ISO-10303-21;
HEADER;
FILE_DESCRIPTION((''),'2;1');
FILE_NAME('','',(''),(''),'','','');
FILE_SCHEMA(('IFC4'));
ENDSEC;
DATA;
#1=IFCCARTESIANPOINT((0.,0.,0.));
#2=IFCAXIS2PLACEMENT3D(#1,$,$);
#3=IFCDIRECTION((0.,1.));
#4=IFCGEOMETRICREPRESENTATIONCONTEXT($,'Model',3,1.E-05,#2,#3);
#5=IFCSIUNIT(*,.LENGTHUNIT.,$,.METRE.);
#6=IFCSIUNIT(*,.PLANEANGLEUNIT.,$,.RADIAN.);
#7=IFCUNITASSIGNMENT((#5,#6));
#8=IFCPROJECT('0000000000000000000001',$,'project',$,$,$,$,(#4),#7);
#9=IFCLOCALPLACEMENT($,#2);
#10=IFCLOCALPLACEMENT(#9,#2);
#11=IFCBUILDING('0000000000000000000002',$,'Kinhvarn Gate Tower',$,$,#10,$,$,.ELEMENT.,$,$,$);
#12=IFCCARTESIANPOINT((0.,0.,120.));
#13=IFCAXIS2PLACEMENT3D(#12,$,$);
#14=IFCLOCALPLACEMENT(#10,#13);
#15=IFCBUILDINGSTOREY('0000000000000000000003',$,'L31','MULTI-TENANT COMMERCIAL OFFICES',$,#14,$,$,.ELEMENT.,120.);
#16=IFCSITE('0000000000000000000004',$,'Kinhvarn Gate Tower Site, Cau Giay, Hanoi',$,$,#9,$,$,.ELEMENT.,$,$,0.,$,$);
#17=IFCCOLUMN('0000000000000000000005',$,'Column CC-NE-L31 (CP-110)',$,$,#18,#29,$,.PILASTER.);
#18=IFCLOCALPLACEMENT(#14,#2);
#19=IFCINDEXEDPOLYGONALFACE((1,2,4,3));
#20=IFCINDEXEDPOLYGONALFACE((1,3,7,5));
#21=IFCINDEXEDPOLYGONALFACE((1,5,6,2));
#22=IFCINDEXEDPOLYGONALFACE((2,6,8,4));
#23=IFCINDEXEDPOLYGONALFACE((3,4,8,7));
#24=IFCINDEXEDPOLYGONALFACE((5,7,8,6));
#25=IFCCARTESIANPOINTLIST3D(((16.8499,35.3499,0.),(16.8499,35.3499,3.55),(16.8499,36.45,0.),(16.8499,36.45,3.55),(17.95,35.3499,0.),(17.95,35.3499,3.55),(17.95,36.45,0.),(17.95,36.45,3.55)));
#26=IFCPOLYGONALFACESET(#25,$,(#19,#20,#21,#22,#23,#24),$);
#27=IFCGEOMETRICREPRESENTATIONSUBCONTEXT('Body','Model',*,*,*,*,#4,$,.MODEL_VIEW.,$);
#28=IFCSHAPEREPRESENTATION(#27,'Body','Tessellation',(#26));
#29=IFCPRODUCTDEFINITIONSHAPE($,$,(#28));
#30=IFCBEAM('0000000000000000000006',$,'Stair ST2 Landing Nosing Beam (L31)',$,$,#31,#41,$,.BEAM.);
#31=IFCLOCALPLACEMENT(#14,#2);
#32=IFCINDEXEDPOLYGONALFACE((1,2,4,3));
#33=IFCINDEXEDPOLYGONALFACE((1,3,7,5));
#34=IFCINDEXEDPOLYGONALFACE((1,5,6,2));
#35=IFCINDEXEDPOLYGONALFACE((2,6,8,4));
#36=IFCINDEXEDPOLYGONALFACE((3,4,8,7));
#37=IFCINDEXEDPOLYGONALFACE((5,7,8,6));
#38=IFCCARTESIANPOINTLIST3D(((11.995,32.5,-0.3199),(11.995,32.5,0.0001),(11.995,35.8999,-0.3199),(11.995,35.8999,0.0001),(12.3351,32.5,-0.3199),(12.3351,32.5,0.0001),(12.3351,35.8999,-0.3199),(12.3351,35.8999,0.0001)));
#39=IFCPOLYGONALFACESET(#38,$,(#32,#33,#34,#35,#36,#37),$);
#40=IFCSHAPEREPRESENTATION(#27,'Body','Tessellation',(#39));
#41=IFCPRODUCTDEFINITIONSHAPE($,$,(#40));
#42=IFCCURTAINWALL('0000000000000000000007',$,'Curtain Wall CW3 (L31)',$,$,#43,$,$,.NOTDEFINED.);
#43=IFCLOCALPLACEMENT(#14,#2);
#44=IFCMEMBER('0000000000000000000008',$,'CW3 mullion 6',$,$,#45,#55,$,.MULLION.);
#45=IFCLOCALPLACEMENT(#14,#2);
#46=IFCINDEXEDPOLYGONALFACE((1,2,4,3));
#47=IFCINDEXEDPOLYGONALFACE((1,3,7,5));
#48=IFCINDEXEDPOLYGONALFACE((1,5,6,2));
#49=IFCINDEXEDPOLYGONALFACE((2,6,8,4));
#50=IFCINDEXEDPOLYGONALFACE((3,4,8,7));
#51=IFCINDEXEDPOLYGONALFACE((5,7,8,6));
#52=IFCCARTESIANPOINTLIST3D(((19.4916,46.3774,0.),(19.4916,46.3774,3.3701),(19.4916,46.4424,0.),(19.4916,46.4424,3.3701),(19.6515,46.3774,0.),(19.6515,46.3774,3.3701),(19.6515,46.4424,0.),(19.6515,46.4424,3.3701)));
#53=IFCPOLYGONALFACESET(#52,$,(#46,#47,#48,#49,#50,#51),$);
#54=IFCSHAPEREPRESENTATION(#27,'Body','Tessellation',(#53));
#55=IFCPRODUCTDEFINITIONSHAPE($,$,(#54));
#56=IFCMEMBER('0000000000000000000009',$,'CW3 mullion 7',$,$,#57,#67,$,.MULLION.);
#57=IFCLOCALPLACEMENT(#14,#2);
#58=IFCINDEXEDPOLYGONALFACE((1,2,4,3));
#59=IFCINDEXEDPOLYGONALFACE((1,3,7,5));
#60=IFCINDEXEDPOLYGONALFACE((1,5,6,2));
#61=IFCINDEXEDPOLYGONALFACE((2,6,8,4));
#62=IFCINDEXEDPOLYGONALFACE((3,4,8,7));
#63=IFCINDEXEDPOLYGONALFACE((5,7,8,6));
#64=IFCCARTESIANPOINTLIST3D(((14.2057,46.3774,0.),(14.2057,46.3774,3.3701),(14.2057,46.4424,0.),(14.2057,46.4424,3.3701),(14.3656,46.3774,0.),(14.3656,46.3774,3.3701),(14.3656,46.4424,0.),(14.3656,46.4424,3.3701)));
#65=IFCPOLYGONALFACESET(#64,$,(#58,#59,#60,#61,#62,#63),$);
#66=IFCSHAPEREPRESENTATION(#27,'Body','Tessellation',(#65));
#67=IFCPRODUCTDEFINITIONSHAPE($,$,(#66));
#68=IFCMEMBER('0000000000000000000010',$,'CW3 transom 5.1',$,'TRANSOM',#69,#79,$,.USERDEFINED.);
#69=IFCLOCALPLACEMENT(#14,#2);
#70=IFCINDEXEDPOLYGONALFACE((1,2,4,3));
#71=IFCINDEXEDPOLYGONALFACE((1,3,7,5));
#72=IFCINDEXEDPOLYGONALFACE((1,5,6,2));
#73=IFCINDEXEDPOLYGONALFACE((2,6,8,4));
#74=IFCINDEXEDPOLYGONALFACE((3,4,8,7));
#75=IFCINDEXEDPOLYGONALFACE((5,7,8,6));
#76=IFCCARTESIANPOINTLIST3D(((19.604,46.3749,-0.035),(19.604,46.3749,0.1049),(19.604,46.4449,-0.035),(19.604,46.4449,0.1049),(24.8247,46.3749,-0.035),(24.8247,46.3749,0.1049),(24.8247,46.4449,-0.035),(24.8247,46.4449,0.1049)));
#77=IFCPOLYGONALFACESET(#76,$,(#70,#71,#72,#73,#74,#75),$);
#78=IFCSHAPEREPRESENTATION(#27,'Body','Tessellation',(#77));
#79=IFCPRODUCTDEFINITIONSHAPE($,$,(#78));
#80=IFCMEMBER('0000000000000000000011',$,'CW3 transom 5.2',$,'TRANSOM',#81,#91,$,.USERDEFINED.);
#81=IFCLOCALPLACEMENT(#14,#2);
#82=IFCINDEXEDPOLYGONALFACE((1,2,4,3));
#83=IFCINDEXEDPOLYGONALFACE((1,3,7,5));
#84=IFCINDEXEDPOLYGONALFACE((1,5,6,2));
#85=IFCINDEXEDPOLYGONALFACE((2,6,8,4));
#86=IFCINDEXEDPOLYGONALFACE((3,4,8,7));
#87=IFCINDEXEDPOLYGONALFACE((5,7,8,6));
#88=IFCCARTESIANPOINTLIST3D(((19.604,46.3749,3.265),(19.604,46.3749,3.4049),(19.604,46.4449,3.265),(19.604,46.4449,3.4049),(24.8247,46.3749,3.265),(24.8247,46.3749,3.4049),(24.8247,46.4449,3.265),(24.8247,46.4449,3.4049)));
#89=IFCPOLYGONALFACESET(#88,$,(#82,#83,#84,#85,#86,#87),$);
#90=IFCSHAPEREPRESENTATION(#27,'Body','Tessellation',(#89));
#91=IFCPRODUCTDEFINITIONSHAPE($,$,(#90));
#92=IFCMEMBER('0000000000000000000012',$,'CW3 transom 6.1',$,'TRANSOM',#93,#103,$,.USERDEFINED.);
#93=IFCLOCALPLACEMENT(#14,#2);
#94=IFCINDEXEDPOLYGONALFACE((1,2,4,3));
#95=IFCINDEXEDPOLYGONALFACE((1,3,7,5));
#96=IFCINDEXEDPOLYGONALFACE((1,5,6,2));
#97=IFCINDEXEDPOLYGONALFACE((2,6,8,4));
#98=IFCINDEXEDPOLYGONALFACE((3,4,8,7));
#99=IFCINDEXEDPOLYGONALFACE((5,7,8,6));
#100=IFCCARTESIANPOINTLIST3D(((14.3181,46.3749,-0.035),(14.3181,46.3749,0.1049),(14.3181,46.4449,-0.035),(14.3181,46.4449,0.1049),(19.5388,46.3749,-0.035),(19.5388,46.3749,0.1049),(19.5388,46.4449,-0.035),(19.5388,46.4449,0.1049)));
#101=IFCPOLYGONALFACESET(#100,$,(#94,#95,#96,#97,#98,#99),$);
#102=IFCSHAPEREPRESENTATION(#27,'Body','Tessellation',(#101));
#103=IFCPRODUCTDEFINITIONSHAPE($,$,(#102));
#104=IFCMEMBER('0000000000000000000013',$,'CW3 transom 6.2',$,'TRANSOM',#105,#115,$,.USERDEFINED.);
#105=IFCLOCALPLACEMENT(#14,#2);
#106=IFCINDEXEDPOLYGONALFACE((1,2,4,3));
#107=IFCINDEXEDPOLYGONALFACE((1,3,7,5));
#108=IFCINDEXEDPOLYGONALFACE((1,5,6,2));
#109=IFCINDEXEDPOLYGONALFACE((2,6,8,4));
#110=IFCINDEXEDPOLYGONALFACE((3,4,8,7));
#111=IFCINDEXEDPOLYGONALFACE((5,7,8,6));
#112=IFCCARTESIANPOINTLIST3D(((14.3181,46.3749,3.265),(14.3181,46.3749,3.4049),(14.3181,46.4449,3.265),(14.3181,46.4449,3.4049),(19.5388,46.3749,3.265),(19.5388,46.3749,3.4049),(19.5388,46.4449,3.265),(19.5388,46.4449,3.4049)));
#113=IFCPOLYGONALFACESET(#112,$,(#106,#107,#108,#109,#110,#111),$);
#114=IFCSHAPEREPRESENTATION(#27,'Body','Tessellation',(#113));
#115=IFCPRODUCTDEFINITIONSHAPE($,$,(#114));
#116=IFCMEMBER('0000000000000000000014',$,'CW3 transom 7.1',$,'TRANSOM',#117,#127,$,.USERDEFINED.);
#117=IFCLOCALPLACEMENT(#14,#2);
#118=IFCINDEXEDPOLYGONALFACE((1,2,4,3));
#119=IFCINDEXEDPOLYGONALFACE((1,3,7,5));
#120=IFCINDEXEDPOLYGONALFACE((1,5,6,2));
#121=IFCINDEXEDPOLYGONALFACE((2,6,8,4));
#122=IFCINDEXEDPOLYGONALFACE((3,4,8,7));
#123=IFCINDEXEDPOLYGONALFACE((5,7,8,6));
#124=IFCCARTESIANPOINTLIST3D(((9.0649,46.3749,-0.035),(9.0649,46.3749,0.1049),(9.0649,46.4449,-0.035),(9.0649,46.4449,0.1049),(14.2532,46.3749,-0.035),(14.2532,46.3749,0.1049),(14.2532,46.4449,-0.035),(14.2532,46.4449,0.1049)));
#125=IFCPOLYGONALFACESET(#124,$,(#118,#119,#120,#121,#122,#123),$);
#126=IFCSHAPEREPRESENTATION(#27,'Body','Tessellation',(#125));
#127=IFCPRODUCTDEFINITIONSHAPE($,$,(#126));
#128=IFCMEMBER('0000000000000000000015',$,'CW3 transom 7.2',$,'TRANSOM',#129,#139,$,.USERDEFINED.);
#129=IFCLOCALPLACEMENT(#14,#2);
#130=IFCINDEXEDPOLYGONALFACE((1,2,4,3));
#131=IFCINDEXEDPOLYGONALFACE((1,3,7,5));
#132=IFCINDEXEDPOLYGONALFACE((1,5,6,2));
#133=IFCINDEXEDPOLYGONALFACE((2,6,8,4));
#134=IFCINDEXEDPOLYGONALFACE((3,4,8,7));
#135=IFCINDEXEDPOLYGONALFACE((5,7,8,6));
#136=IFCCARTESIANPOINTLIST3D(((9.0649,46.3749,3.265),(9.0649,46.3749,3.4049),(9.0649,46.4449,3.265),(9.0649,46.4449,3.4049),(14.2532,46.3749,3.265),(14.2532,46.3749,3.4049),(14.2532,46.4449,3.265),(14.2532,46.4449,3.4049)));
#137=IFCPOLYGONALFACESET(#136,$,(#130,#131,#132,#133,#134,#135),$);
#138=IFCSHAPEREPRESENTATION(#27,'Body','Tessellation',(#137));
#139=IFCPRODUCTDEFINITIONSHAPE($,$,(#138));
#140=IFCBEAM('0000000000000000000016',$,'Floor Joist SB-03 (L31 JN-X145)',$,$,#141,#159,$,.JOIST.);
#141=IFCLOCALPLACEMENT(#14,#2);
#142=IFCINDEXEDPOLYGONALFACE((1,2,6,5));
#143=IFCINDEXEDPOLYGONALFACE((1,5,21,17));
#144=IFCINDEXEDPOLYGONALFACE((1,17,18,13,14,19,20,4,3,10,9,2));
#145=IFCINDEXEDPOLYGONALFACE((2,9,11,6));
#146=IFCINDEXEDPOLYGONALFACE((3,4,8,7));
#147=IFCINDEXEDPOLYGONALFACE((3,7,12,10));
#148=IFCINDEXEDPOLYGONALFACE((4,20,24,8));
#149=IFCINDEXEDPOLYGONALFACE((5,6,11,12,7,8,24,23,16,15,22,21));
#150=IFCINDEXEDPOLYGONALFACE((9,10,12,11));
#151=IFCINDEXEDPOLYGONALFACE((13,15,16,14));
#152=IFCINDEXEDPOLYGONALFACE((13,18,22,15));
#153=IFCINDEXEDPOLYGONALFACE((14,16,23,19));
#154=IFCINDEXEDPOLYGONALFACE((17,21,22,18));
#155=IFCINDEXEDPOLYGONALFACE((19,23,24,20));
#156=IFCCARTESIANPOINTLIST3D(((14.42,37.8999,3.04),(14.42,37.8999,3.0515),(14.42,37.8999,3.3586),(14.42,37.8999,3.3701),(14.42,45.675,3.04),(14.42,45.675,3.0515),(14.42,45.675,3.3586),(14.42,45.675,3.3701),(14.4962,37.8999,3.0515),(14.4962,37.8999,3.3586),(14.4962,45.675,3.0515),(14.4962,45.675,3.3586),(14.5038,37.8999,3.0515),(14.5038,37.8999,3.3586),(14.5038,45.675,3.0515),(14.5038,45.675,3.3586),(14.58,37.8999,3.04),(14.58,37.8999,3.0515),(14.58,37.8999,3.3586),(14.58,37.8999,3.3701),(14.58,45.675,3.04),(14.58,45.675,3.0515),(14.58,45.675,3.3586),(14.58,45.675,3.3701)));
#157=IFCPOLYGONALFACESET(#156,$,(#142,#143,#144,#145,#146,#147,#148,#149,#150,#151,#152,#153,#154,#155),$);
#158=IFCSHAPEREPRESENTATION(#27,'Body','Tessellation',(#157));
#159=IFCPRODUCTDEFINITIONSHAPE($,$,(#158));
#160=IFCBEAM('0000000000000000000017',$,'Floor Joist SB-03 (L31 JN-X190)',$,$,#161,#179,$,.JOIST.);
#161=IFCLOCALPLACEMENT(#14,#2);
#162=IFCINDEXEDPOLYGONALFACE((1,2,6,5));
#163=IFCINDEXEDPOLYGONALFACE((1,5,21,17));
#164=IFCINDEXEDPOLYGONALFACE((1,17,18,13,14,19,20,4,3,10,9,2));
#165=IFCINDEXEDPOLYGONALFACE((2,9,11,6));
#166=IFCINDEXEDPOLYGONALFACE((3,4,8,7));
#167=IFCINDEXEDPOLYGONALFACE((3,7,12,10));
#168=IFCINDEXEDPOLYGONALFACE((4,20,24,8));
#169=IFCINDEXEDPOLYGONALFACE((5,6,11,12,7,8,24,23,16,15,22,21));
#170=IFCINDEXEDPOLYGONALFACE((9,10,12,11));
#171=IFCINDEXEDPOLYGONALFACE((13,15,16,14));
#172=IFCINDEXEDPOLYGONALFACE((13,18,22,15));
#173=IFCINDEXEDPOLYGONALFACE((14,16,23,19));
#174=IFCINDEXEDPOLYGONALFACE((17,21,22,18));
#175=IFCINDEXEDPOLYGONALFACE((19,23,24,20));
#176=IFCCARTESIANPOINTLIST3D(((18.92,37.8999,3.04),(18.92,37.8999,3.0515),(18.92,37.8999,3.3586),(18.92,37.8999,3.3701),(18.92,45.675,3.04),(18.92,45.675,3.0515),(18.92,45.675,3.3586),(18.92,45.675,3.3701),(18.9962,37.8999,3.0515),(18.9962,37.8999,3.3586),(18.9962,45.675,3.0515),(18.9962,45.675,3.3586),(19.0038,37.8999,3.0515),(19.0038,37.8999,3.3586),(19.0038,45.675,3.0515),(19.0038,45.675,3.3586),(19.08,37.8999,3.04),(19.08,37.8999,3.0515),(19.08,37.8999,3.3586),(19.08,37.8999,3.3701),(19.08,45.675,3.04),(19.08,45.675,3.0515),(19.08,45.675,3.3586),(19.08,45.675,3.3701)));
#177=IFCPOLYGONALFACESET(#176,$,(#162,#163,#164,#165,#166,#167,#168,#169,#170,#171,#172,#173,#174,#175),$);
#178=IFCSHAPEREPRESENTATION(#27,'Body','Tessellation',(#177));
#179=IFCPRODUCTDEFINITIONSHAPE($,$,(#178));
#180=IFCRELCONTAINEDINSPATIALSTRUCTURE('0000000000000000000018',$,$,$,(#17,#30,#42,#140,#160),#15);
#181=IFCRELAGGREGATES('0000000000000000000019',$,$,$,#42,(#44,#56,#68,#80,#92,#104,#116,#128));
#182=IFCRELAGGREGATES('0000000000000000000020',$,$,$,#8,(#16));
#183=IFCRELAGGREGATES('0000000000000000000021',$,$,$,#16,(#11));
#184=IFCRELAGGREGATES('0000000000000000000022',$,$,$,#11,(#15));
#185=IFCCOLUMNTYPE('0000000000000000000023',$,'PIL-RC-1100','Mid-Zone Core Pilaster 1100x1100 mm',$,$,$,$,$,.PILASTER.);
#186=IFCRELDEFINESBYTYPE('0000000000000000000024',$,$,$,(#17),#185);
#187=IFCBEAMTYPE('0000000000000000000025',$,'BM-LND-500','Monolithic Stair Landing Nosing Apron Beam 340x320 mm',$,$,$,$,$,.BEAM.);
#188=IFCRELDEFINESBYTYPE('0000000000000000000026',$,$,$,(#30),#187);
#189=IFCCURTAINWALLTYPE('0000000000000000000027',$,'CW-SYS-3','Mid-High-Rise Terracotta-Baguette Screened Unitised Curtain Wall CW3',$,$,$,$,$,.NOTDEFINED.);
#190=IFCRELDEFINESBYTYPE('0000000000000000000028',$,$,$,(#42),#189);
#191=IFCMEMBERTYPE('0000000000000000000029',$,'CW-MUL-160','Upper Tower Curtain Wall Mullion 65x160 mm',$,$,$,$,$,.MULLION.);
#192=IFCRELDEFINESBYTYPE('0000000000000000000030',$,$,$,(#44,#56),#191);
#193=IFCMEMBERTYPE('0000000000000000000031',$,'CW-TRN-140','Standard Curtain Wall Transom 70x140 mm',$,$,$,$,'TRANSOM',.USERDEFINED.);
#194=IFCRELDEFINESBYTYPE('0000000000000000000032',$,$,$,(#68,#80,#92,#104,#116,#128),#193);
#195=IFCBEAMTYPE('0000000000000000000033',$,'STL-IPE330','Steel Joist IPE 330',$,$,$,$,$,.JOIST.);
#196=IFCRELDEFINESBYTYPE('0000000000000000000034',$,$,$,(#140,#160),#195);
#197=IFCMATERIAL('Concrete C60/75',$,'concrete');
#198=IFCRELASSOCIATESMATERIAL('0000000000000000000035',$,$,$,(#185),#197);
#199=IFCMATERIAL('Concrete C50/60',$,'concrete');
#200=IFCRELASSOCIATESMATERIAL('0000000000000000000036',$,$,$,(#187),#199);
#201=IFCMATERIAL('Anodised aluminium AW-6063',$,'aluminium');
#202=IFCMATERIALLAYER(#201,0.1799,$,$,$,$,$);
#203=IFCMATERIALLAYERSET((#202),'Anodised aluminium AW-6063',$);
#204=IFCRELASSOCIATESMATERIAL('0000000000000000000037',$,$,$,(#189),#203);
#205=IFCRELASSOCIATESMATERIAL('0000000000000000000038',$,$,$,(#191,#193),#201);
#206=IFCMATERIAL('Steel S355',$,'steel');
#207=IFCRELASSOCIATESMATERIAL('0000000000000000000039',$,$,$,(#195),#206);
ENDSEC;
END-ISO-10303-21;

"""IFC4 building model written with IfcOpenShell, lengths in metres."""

from ifc_helpers import new_model, si_unit, direction, frame, origin, origin_2d, place, context, subcontext, project, spatial, rectangle, i_section, extrude, material, layer, layer_set, material_profile, profile_set, type_object, element, aggregate, save


model = new_model("IFC4")

# Units and contexts
model_context = context("Model", 3, precision=1e-05, world=origin(), true_north=direction((0.0, 1.0)))
body_context = subcontext(model_context, "Body", "Model", "MODEL_VIEW")
ifc_project = project(units=[si_unit("LENGTHUNIT", "METRE"), si_unit("PLANEANGLEUNIT", "RADIAN")], contexts=[model_context])

# Site, building, storey
site_placement = place(None, origin())
site = spatial("IfcSite", under=ifc_project, at=site_placement, Name="Kinhvarn Gate Tower Site, Cau Giay, Hanoi", CompositionType="ELEMENT", RefElevation=0.0)
building_placement = place(site_placement, origin())
building = spatial("IfcBuilding", under=site, at=building_placement, Name="Kinhvarn Gate Tower", CompositionType="ELEMENT")
storey_placement = place(building_placement, frame((0.0, 0.0, 120.0)))
storey = spatial("IfcBuildingStorey", under=building, at=storey_placement, Name="L31", Description="MULTI-TENANT COMMERCIAL OFFICES", CompositionType="ELEMENT", Elevation=120.0)

# Column
ifc_material_1 = material(Name="Concrete C60/75", Category="concrete")
ifc_material_profile_1 = material_profile(ifc_material_1, rectangle(XDim=1.1001, YDim=1.1001, at=origin_2d()), Name="RC 1100x1100")
ifc_profile_set_1 = profile_set([ifc_material_profile_1], Name="Concrete C60/75")
column_type = type_object("IfcColumnType", Name="PIL-RC-1100", Description="Mid-Zone Core Pilaster 1100x1100 mm", PredefinedType="PILASTER", material=ifc_profile_set_1)
column_placement = place(storey_placement, frame((17.3999, 35.8999, 0.0), z_axis=(0.0, 0.0, 1.0), x_axis=(1.0, 0.0, 0.0)))
element("IfcColumn", 1, at=column_placement, inside=storey, type_object=column_type, Name="Column CC-NE-L31 (CP-110)", PredefinedType="PILASTER", context=body_context, shape_type="SweptSolid", body=[
    extrude(rectangle(XDim=1.1001, YDim=1.1001, at=origin_2d()), origin(), (0.0, 0.0, 1.0), 3.55),
])

# Beam
ifc_material_2 = material(Name="Concrete C50/60", Category="concrete")
ifc_material_profile_2 = material_profile(ifc_material_2, rectangle(XDim=0.3401, YDim=0.3201, at=origin_2d()), Name="RC 340x320")
ifc_profile_set_2 = profile_set([ifc_material_profile_2], Name="Concrete C50/60")
beam_type_1 = type_object("IfcBeamType", Name="BM-LND-500", Description="Monolithic Stair Landing Nosing Apron Beam 340x320 mm", PredefinedType="BEAM", material=ifc_profile_set_2)
beam_placement = place(storey_placement, frame((12.165, 32.5, -0.1599), z_axis=(0.0, 1.0, 0.0), x_axis=(-1.0, 0.0, 0.0)))
element("IfcBeam", 2, at=beam_placement, inside=storey, type_object=beam_type_1, Name="Stair ST2 Landing Nosing Beam (L31)", PredefinedType="BEAM", context=body_context, shape_type="SweptSolid", body=[
    extrude(rectangle(XDim=0.3401, YDim=0.3201, at=origin_2d()), origin(), (0.0, 0.0, 1.0), 3.3999),
])

# Curtain wall, members
ifc_material_3 = material(Name="Anodised aluminium AW-6063", Category="aluminium")
ifc_layer_1 = layer(ifc_material_3, 0.1799)
ifc_layer_set_1 = layer_set([ifc_layer_1], Name="Anodised aluminium AW-6063")
curtain_wall_type = type_object("IfcCurtainWallType", Name="CW-SYS-3", Description="Mid-High-Rise Terracotta-Baguette Screened Unitised Curtain Wall CW3", PredefinedType="NOTDEFINED", material=ifc_layer_set_1)
curtain_wall_placement = place(storey_placement, origin())
curtain_wall = element("IfcCurtainWall", 3, at=curtain_wall_placement, inside=storey, type_object=curtain_wall_type, Name="Curtain Wall CW3 (L31)", PredefinedType="NOTDEFINED")
ifc_material_profile_3 = material_profile(ifc_material_3, rectangle(XDim=0.0649, YDim=0.1599, at=origin_2d()), Name="ALU 65x160")
ifc_profile_set_3 = profile_set([ifc_material_profile_3], Name="Anodised aluminium AW-6063")
member_type_1 = type_object("IfcMemberType", Name="CW-MUL-160", Description="Upper Tower Curtain Wall Mullion 65x160 mm", PredefinedType="MULLION", material=ifc_profile_set_3)
member_1_placement = place(storey_placement, frame((19.5715, 46.4099, 0.0), z_axis=(0.0, 0.0, 1.0), x_axis=(0.0, -1.0, 0.0)))
member_1 = element("IfcMember", 4, at=member_1_placement, type_object=member_type_1, Name="CW3 mullion 6", PredefinedType="MULLION", context=body_context, shape_type="SweptSolid", body=[
    extrude(rectangle(XDim=0.0649, YDim=0.1599, at=origin_2d()), origin(), (0.0, 0.0, 1.0), 3.3701),
])
member_2_placement = place(storey_placement, frame((14.2856, 46.4099, 0.0), z_axis=(0.0, 0.0, 1.0), x_axis=(0.0, -1.0, 0.0)))
member_2 = element("IfcMember", 5, at=member_2_placement, type_object=member_type_1, Name="CW3 mullion 7", PredefinedType="MULLION", context=body_context, shape_type="SweptSolid", body=[
    extrude(rectangle(XDim=0.0649, YDim=0.1599, at=origin_2d()), origin(), (0.0, 0.0, 1.0), 3.3701),
])
ifc_material_profile_4 = material_profile(ifc_material_3, rectangle(XDim=0.0701, YDim=0.1399, at=origin_2d()), Name="ALU 70x140")
ifc_profile_set_4 = profile_set([ifc_material_profile_4], Name="Anodised aluminium AW-6063")
member_type_2 = type_object("IfcMemberType", Name="CW-TRN-140", Description="Standard Curtain Wall Transom 70x140 mm", ElementType="TRANSOM", PredefinedType="USERDEFINED", material=ifc_profile_set_4)
member_3_placement = place(storey_placement, frame((24.8247, 46.4099, 0.0349), z_axis=(-1.0, 0.0, 0.0), x_axis=(0.0, -1.0, 0.0)))
member_3 = element("IfcMember", 6, at=member_3_placement, type_object=member_type_2, Name="CW3 transom 5.1", ObjectType="TRANSOM", PredefinedType="USERDEFINED", context=body_context, shape_type="SweptSolid", body=[
    extrude(rectangle(XDim=0.0701, YDim=0.1399, at=origin_2d()), origin(), (0.0, 0.0, 1.0), 5.2207),
])
member_4_placement = place(storey_placement, frame((24.8247, 46.4099, 3.335), z_axis=(-1.0, 0.0, 0.0), x_axis=(0.0, -1.0, 0.0)))
member_4 = element("IfcMember", 7, at=member_4_placement, type_object=member_type_2, Name="CW3 transom 5.2", ObjectType="TRANSOM", PredefinedType="USERDEFINED", context=body_context, shape_type="SweptSolid", body=[
    extrude(rectangle(XDim=0.0701, YDim=0.1399, at=origin_2d()), origin(), (0.0, 0.0, 1.0), 5.2207),
])
member_5_placement = place(storey_placement, frame((19.5388, 46.4099, 0.0349), z_axis=(-1.0, 0.0, 0.0), x_axis=(0.0, -1.0, 0.0)))
member_5 = element("IfcMember", 8, at=member_5_placement, type_object=member_type_2, Name="CW3 transom 6.1", ObjectType="TRANSOM", PredefinedType="USERDEFINED", context=body_context, shape_type="SweptSolid", body=[
    extrude(rectangle(XDim=0.0701, YDim=0.1399, at=origin_2d()), origin(), (0.0, 0.0, 1.0), 5.2207),
])
member_6_placement = place(storey_placement, frame((19.5388, 46.4099, 3.335), z_axis=(-1.0, 0.0, 0.0), x_axis=(0.0, -1.0, 0.0)))
member_6 = element("IfcMember", 9, at=member_6_placement, type_object=member_type_2, Name="CW3 transom 6.2", ObjectType="TRANSOM", PredefinedType="USERDEFINED", context=body_context, shape_type="SweptSolid", body=[
    extrude(rectangle(XDim=0.0701, YDim=0.1399, at=origin_2d()), origin(), (0.0, 0.0, 1.0), 5.2207),
])
member_7_placement = place(storey_placement, frame((14.2532, 46.4099, 0.0349), z_axis=(-1.0, 0.0, 0.0), x_axis=(0.0, -1.0, 0.0)))
member_7 = element("IfcMember", 10, at=member_7_placement, type_object=member_type_2, Name="CW3 transom 7.1", ObjectType="TRANSOM", PredefinedType="USERDEFINED", context=body_context, shape_type="SweptSolid", body=[
    extrude(rectangle(XDim=0.0701, YDim=0.1399, at=origin_2d()), origin(), (0.0, 0.0, 1.0), 5.1882),
])
member_8_placement = place(storey_placement, frame((14.2532, 46.4099, 3.335), z_axis=(-1.0, 0.0, 0.0), x_axis=(0.0, -1.0, 0.0)))
member_8 = element("IfcMember", 11, at=member_8_placement, type_object=member_type_2, Name="CW3 transom 7.2", ObjectType="TRANSOM", PredefinedType="USERDEFINED", context=body_context, shape_type="SweptSolid", body=[
    extrude(rectangle(XDim=0.0701, YDim=0.1399, at=origin_2d()), origin(), (0.0, 0.0, 1.0), 5.1882),
])

# Beams
ifc_material_4 = material(Name="Steel S355", Category="steel")
ifc_material_profile_5 = material_profile(ifc_material_4, i_section(OverallWidth=0.1599, OverallDepth=0.3301, WebThickness=0.0076, FlangeThickness=0.0115, at=origin_2d()), Name="IPE 330")
ifc_profile_set_5 = profile_set([ifc_material_profile_5], Name="Steel S355")
beam_type_2 = type_object("IfcBeamType", Name="STL-IPE330", Description="Steel Joist IPE 330", PredefinedType="JOIST", material=ifc_profile_set_5)
for number, where, z_axis, x_axis, name in (
    (12, (14.5, 37.8999, 3.2051), (0.0, 1.0, 0.0), (-1.0, 0.0, 0.0), "Floor Joist SB-03 (L31 JN-X145)"),
    (13, (19.0, 37.8999, 3.2051), (0.0, 1.0, 0.0), (-1.0, 0.0, 0.0), "Floor Joist SB-03 (L31 JN-X190)"),
):
    element("IfcBeam", number, at=place(storey_placement, frame(where, z_axis=z_axis, x_axis=x_axis)), inside=storey, type_object=beam_type_2, Name=name, PredefinedType="JOIST", context=body_context, shape_type="SweptSolid", body=[
        extrude(i_section(OverallWidth=0.1599, OverallDepth=0.3301, WebThickness=0.0076, FlangeThickness=0.0115, at=origin_2d()), origin(), (0.0, 0.0, 1.0), 7.7751),
    ])

aggregate(curtain_wall, [member_1, member_2, member_3, member_4, member_5, member_6, member_7, member_8])

save(model, "model.ifc")
